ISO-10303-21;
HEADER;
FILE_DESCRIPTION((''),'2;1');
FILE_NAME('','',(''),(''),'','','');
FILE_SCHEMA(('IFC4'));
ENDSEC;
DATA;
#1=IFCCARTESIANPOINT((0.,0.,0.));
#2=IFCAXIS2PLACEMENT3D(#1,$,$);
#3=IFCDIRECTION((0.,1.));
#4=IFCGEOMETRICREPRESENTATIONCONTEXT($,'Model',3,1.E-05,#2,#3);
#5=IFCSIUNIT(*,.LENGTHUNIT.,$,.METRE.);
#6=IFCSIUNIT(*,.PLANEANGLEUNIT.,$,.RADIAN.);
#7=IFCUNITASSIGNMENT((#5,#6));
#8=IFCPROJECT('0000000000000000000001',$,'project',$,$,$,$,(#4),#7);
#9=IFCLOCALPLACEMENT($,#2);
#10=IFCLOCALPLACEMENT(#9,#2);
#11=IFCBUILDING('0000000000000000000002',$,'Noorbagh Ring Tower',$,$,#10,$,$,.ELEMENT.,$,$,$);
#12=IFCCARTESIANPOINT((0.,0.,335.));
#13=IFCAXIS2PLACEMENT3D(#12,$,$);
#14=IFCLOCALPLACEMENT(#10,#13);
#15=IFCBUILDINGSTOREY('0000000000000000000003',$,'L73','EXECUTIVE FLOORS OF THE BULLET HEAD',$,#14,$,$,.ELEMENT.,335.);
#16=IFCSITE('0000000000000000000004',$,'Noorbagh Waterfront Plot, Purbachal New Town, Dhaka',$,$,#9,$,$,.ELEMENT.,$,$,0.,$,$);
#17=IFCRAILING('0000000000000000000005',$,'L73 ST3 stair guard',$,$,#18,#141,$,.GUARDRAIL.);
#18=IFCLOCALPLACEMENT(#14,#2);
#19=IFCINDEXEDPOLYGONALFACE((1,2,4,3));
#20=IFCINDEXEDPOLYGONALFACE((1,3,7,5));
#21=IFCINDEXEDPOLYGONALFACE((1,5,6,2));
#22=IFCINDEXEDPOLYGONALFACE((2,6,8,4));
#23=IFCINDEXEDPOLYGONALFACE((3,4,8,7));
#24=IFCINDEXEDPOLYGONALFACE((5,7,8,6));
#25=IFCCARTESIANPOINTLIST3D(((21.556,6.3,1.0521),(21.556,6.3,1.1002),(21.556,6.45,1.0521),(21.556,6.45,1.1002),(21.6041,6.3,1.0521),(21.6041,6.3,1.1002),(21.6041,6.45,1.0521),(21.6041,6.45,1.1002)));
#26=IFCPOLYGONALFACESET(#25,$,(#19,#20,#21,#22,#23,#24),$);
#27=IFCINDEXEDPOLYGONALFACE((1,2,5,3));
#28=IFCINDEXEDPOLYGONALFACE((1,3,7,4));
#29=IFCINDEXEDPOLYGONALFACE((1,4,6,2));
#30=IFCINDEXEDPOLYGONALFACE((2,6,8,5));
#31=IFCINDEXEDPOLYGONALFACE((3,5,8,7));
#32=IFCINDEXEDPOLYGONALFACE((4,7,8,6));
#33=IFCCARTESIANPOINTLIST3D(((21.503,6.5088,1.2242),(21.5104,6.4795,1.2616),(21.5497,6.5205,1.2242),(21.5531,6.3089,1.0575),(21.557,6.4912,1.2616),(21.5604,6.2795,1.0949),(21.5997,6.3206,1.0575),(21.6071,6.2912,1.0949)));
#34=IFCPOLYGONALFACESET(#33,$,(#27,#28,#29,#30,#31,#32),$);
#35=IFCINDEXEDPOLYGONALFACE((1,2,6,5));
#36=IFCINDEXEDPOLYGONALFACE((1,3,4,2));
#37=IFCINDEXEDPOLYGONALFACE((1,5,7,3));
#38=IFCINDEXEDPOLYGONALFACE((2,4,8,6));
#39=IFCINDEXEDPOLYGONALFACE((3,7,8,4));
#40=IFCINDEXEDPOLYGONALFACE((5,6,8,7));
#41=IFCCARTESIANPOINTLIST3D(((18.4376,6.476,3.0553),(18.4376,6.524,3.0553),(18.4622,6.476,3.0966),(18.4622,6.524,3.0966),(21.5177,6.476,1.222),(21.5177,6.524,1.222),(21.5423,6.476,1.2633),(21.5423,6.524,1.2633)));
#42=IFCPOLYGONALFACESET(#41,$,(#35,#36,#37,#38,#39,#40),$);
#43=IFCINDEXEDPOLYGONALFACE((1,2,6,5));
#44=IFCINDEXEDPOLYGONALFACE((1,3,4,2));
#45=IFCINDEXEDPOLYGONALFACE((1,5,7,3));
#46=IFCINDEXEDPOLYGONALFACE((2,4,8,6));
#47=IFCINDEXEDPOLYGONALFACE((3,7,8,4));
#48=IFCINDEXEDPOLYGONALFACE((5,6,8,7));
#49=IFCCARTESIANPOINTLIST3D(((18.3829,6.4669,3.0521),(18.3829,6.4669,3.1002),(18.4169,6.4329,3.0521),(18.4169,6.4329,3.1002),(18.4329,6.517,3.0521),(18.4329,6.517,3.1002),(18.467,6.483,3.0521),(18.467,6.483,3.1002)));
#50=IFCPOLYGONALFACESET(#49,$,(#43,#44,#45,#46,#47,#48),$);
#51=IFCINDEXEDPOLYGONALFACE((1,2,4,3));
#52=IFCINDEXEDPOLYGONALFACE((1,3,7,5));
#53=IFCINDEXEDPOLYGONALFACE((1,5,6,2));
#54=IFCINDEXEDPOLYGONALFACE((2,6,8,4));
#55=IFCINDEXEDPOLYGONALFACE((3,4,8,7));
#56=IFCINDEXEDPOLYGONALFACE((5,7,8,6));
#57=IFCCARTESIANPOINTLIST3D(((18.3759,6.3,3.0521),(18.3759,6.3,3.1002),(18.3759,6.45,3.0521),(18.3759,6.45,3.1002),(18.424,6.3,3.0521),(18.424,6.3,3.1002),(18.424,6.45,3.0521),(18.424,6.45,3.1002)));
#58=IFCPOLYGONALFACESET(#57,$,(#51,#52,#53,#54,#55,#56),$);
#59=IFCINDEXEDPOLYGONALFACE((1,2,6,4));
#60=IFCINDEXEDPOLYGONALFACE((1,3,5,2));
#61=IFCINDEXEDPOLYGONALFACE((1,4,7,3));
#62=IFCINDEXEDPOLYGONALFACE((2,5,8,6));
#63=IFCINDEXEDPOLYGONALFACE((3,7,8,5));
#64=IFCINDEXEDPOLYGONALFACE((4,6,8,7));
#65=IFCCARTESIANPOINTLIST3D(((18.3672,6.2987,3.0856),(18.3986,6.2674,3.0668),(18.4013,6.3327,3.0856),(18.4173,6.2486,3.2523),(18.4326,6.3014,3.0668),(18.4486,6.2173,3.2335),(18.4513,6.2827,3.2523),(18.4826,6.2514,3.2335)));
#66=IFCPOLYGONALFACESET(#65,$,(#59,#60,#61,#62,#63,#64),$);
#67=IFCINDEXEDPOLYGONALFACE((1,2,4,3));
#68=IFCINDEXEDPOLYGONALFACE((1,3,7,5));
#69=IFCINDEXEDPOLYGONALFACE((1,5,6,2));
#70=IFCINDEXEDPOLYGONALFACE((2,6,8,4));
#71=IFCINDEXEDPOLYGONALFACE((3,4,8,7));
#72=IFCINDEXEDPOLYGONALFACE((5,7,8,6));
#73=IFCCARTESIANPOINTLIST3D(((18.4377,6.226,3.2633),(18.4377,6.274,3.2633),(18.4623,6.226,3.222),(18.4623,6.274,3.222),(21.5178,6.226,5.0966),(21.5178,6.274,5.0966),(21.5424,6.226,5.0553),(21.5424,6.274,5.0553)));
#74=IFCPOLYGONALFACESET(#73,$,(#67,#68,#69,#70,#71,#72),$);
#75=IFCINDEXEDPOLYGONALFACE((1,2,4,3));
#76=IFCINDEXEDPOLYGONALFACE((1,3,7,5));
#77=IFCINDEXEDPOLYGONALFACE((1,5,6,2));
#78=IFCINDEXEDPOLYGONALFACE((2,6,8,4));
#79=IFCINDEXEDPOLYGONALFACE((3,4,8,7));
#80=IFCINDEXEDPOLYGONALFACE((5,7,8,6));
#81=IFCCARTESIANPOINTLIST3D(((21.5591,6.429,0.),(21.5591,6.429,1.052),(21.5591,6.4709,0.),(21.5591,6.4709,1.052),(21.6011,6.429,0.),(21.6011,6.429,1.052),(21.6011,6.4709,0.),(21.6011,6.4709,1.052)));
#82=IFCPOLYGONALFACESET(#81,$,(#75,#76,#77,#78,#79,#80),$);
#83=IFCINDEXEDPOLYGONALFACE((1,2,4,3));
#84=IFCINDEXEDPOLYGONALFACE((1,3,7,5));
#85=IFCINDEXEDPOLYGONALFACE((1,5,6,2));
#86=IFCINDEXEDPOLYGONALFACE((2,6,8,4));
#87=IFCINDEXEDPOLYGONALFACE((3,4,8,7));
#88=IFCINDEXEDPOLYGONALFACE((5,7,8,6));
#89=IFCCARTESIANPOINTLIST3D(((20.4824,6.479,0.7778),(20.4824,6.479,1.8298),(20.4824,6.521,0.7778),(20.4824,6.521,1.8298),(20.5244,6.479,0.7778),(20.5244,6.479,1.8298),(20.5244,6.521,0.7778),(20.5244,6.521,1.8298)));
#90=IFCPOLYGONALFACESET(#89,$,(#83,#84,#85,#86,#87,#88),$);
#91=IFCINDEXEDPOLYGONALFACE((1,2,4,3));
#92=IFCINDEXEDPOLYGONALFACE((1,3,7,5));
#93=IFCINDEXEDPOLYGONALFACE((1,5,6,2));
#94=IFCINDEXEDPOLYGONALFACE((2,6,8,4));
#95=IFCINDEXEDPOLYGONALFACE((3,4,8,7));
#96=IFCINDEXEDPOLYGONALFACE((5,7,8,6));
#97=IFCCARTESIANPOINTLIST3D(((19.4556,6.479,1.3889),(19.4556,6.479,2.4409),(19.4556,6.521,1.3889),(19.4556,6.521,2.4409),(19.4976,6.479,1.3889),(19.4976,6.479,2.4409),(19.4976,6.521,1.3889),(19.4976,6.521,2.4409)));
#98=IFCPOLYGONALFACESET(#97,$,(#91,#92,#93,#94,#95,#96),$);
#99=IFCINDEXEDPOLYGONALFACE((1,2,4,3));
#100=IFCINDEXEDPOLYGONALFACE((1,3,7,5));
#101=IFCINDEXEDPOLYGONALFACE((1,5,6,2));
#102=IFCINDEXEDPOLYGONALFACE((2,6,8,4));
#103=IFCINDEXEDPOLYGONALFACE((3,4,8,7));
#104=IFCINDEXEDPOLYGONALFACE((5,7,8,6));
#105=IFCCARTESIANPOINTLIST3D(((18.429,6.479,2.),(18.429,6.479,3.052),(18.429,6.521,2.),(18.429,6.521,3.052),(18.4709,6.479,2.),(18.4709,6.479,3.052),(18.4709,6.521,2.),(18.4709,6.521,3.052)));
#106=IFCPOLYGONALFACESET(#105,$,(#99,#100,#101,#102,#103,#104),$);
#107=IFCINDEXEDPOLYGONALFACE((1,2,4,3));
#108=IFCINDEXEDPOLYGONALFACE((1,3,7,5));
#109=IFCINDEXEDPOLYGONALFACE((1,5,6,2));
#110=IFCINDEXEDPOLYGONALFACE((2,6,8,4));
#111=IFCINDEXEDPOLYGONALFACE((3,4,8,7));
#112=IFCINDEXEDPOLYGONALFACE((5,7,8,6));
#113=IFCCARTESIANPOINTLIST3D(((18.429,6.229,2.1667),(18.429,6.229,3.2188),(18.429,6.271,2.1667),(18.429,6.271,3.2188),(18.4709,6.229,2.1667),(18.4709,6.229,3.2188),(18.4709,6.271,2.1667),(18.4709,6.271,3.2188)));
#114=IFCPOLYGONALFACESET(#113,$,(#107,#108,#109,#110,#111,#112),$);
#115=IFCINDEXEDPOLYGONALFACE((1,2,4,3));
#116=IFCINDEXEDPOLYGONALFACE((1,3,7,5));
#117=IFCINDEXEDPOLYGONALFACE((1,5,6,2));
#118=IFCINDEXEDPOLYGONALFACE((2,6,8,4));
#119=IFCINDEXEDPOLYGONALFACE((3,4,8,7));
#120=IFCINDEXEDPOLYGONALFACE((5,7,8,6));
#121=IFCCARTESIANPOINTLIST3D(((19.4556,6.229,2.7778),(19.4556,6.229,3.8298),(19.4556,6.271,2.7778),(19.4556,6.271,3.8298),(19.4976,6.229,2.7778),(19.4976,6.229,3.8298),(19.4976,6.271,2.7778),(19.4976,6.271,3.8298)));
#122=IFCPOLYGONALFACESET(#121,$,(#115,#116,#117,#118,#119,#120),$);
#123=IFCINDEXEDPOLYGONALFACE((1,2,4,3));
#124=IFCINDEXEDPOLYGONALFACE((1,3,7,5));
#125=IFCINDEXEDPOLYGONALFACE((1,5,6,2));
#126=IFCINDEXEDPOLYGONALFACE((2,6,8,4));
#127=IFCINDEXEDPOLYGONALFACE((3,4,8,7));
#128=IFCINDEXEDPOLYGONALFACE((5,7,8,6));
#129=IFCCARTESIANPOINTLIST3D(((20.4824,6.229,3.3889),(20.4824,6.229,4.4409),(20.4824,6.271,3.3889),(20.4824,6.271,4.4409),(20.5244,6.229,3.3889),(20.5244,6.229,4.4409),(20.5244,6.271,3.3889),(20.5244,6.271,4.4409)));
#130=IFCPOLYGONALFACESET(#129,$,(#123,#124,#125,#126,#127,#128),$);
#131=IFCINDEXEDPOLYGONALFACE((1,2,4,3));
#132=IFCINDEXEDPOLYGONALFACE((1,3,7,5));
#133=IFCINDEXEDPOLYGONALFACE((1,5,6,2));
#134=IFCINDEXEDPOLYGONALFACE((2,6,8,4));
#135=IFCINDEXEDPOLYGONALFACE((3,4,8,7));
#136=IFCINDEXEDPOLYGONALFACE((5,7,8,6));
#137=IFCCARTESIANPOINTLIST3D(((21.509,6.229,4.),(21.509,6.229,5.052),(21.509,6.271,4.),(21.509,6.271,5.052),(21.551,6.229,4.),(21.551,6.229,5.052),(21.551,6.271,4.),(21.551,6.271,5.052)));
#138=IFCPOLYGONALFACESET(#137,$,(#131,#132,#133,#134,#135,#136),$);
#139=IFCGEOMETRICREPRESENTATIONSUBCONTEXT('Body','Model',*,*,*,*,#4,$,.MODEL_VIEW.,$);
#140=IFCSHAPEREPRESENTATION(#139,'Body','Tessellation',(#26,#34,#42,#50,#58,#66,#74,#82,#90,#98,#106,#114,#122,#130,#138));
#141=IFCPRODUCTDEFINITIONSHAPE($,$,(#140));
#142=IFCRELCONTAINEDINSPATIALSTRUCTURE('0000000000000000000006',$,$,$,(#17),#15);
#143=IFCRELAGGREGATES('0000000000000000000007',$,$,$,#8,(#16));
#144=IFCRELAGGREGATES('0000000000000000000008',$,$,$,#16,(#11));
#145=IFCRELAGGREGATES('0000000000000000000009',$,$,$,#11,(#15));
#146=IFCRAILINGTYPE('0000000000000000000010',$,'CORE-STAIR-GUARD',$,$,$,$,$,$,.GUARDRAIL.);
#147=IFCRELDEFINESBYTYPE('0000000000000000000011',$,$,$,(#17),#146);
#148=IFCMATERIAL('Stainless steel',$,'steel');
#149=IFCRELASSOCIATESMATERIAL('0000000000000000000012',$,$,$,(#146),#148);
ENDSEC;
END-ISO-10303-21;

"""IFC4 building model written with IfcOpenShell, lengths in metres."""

from ifc_helpers import new_model, si_unit, direction, frame, origin, origin_2d, place, context, subcontext, project, spatial, rectangle, extrude, material, type_object, element, save


model = new_model("IFC4")

# Units and contexts
model_context = context("Model", 3, precision=1e-05, world=origin(), true_north=direction((0.0, 1.0)))
body_context = subcontext(model_context, "Body", "Model", "MODEL_VIEW")
ifc_project = project(units=[si_unit("LENGTHUNIT", "METRE"), si_unit("PLANEANGLEUNIT", "RADIAN")], contexts=[model_context])

# Site, building, storey
site_placement = place(None, origin())
site = spatial("IfcSite", under=ifc_project, at=site_placement, Name="Noorbagh Waterfront Plot, Purbachal New Town, Dhaka", CompositionType="ELEMENT", RefElevation=0.0)
building_placement = place(site_placement, origin())
building = spatial("IfcBuilding", under=site, at=building_placement, Name="Noorbagh Ring Tower", CompositionType="ELEMENT")
storey_placement = place(building_placement, frame((0.0, 0.0, 335.0)))
storey = spatial("IfcBuildingStorey", under=building, at=storey_placement, Name="L73", Description="EXECUTIVE FLOORS OF THE BULLET HEAD", CompositionType="ELEMENT", Elevation=335.0)

# Railing
ifc_material_1 = material(Name="Stainless steel", Category="steel")
railing_type_1 = type_object("IfcRailingType", Name="CORE-STAIR-GUARD", PredefinedType="GUARDRAIL", material=ifc_material_1)
railing_1_placement = place(storey_placement, frame((21.5801, 6.45, 0.0)))
element("IfcRailing", 1, at=railing_1_placement, inside=storey, type_object=railing_type_1, Name="L73 ST3 stair guard", PredefinedType="GUARDRAIL", context=body_context, shape_type="SweptSolid", body=[
    extrude(rectangle(XDim=0.0481, YDim=0.0481, at=origin_2d()), frame((0.0, 0.0, 1.0762), z_axis=(0.0, -1.0, 0.0), x_axis=(1.0, 0.0, 0.0)), (0.0, 0.0, 1.0), 0.1499),
    extrude(rectangle(XDim=0.0481, YDim=0.0481, at=origin_2d()), frame((0.0, -0.1499, 1.0762), z_axis=(-0.188776, 0.754182, 0.628946), x_axis=(-0.970073, -0.242814, 0.0)), (0.0, 0.0, 1.0), 0.2651),
    extrude(rectangle(XDim=0.0481, YDim=0.0481, at=origin_2d()), frame((-0.05, 0.05, 1.2427), z_axis=(-0.859309, 0.0, 0.511458), x_axis=(0.0, -1.0, 0.0)), (0.0, 0.0, 1.0), 3.5845),
    extrude(rectangle(XDim=0.0481, YDim=0.0481, at=origin_2d()), frame((-3.1301, 0.05, 3.0762), z_axis=(-0.707107, -0.707107, 0.0), x_axis=(0.707107, -0.707107, 0.0)), (0.0, 0.0, 1.0), 0.0708),
    extrude(rectangle(XDim=0.0481, YDim=0.0481, at=origin_2d()), frame((-3.1802, 0.0, 3.0762), z_axis=(0.0, -1.0, 0.0), x_axis=(1.0, 0.0, 0.0)), (0.0, 0.0, 1.0), 0.1499),
    extrude(rectangle(XDim=0.0481, YDim=0.0481, at=origin_2d()), frame((-3.1802, -0.1499, 3.0762), z_axis=(0.276287, -0.276287, 0.920506), x_axis=(0.707107, 0.707107, 0.0)), (0.0, 0.0, 1.0), 0.1812),
    extrude(rectangle(XDim=0.0481, YDim=0.0481, at=origin_2d()), frame((-3.1301, -0.2, 3.2427), z_axis=(0.859309, 0.0, 0.511458), x_axis=(0.0, 1.0, 0.0)), (0.0, 0.0, 1.0), 3.5845),
    extrude(rectangle(XDim=0.042, YDim=0.042, at=origin_2d()), origin(), (0.0, 0.0, 1.0), 1.052),
    extrude(rectangle(XDim=0.042, YDim=0.042, at=origin_2d()), frame((-1.0767, 0.05, 0.7778)), (0.0, 0.0, 1.0), 1.052),
    extrude(rectangle(XDim=0.042, YDim=0.042, at=origin_2d()), frame((-2.1035, 0.05, 1.3889)), (0.0, 0.0, 1.0), 1.052),
    extrude(rectangle(XDim=0.042, YDim=0.042, at=origin_2d()), frame((-3.1301, 0.05, 2.0)), (0.0, 0.0, 1.0), 1.052),
    extrude(rectangle(XDim=0.042, YDim=0.042, at=origin_2d()), frame((-3.1301, -0.2, 2.1667)), (0.0, 0.0, 1.0), 1.052),
    extrude(rectangle(XDim=0.042, YDim=0.042, at=origin_2d()), frame((-2.1035, -0.2, 2.7778)), (0.0, 0.0, 1.0), 1.052),
    extrude(rectangle(XDim=0.042, YDim=0.042, at=origin_2d()), frame((-1.0767, -0.2, 3.3889)), (0.0, 0.0, 1.0), 1.052),
    extrude(rectangle(XDim=0.042, YDim=0.042, at=origin_2d()), frame((-0.05, -0.2, 4.0)), (0.0, 0.0, 1.0), 1.052),
])

save(model, "model.ifc")
